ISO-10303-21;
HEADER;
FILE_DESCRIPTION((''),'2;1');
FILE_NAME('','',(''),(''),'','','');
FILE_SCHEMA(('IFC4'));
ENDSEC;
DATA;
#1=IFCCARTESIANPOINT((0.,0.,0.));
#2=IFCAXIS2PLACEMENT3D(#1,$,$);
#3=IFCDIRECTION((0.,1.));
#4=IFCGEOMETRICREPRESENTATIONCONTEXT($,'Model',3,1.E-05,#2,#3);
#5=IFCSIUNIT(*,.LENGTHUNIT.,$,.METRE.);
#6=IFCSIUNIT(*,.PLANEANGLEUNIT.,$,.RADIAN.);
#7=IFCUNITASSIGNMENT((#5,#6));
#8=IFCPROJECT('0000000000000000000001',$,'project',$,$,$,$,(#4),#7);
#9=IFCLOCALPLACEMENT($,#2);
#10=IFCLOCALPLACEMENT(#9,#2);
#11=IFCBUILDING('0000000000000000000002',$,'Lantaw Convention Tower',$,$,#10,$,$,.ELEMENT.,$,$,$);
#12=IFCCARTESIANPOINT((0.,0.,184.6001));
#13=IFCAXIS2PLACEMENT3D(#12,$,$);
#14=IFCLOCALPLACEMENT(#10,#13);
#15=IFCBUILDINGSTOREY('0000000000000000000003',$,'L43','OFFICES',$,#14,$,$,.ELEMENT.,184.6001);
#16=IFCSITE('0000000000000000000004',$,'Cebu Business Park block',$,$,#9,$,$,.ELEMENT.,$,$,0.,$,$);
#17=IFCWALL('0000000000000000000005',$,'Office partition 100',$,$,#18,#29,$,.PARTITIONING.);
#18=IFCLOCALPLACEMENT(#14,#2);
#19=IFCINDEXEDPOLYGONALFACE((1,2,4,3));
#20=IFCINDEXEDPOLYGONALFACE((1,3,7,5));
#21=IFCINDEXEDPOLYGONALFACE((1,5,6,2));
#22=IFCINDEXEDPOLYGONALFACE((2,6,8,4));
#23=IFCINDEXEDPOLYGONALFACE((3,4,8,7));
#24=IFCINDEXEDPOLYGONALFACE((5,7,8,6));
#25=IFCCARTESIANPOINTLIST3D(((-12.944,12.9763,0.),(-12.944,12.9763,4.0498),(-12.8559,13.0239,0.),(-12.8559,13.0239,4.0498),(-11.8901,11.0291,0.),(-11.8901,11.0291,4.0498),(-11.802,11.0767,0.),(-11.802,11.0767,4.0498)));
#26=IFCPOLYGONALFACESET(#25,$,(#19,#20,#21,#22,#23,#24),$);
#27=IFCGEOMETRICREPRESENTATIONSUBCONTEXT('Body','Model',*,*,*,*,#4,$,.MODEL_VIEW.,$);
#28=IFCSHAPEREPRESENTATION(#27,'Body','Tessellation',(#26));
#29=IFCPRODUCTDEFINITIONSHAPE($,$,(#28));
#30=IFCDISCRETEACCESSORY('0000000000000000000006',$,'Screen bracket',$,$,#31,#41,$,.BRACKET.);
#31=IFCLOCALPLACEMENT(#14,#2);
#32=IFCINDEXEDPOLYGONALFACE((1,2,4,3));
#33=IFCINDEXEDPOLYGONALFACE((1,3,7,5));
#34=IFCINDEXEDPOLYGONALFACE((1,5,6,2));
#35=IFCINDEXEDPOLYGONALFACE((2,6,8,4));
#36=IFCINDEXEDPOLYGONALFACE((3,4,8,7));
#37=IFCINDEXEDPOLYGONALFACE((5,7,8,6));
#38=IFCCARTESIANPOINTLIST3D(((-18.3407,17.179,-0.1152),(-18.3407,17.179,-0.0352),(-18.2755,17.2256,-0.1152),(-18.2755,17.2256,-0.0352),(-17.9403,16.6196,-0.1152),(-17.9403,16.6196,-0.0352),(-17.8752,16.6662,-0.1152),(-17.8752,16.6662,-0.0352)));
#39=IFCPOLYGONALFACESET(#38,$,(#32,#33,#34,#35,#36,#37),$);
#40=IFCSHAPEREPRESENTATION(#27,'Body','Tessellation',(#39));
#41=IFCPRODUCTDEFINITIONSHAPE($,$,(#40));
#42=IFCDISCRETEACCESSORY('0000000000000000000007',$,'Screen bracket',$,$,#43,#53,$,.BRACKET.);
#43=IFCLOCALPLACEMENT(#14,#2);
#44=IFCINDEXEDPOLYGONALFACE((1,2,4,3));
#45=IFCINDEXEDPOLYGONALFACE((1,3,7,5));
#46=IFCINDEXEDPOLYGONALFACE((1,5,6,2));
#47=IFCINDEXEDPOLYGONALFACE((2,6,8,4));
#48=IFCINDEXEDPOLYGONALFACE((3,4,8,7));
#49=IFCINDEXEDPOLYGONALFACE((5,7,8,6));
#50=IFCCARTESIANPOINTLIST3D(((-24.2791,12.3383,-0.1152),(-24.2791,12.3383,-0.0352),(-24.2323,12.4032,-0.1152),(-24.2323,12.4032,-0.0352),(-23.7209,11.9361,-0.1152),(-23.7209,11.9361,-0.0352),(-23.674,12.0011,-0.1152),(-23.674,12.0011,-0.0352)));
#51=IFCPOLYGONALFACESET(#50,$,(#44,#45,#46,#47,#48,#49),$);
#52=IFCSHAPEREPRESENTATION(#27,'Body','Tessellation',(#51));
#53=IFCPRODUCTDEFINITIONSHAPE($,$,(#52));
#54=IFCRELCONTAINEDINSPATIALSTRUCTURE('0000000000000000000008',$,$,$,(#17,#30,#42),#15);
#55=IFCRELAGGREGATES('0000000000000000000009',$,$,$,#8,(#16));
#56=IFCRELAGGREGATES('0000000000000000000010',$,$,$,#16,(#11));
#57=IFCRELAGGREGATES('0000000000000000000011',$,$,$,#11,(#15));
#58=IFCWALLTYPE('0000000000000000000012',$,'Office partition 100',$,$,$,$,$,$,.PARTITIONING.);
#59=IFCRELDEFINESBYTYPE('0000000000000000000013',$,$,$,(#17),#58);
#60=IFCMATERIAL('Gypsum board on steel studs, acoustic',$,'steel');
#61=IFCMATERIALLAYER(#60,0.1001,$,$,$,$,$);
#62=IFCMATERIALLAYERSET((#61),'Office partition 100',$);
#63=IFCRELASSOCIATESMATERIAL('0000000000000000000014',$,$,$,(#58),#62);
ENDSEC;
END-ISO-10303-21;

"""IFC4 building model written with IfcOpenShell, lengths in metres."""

from ifc_helpers import new_model, si_unit, direction, frame, frame_2d, origin, origin_2d, place, context, subcontext, project, spatial, rectangle, extrude, material, layer, layer_set, type_object, element, save


model = new_model("IFC4")

# Units and contexts
model_context = context("Model", 3, precision=1e-05, world=origin(), true_north=direction((0.0, 1.0)))
body_context = subcontext(model_context, "Body", "Model", "MODEL_VIEW")
ifc_project = project(units=[si_unit("LENGTHUNIT", "METRE"), si_unit("PLANEANGLEUNIT", "RADIAN")], contexts=[model_context])

# Site, building, storey
site_placement = place(None, origin())
site = spatial("IfcSite", under=ifc_project, at=site_placement, Name="Cebu Business Park block", CompositionType="ELEMENT", RefElevation=0.0)
building_placement = place(site_placement, origin())
building = spatial("IfcBuilding", under=site, at=building_placement, Name="Lantaw Convention Tower", CompositionType="ELEMENT")
storey_placement = place(building_placement, frame((0.0, 0.0, 184.6001)))
storey = spatial("IfcBuildingStorey", under=building, at=storey_placement, Name="L43", Description="OFFICES", CompositionType="ELEMENT", Elevation=184.6001)

# Wall
ifc_material_1 = material(Name="Gypsum board on steel studs, acoustic", Category="steel")
ifc_layer_1 = layer(ifc_material_1, 0.1001)
ifc_layer_set_1 = layer_set([ifc_layer_1], Name="Office partition 100")
wall_type_1 = type_object("IfcWallType", Name="Office partition 100", PredefinedType="PARTITIONING", material=ifc_layer_set_1)
wall_1_placement = place(storey_placement, frame((-12.8999, 13.0, 0.0), z_axis=(0.0, 0.0, 1.0), x_axis=(0.475999, -0.879446, 0.0)))
element("IfcWall", 1, at=wall_1_placement, inside=storey, type_object=wall_type_1, Name="Office partition 100", PredefinedType="PARTITIONING", context=body_context, shape_type="SweptSolid", body=[
    extrude(rectangle(XDim=2.2141, YDim=0.1001, at=frame_2d((1.1069, 0.0))), origin(), (0.0, 0.0, 1.0), 4.0498),
])

# Discrete accessories
for number, where, z_axis, x_axis, name in (
    (2, (-18.1079, 16.9226, -0.1152), (0.0, 0.0, 1.0), (-0.813208, -0.581973, 0.0), "Screen bracket"),
    (3, (-23.9766, 12.1697, -0.1152), (0.0, 0.0, 1.0), (-0.584513, -0.811385, 0.0), "Screen bracket"),
):
    element("IfcDiscreteAccessory", number, at=place(storey_placement, frame(where, z_axis=z_axis, x_axis=x_axis)), inside=storey, Name=name, PredefinedType="BRACKET", context=body_context, shape_type="SweptSolid", body=[
        extrude(rectangle(XDim=0.0801, YDim=0.688, at=origin_2d()), origin(), (0.0, 0.0, 1.0), 0.0801),
    ])

save(model, "model.ifc")
